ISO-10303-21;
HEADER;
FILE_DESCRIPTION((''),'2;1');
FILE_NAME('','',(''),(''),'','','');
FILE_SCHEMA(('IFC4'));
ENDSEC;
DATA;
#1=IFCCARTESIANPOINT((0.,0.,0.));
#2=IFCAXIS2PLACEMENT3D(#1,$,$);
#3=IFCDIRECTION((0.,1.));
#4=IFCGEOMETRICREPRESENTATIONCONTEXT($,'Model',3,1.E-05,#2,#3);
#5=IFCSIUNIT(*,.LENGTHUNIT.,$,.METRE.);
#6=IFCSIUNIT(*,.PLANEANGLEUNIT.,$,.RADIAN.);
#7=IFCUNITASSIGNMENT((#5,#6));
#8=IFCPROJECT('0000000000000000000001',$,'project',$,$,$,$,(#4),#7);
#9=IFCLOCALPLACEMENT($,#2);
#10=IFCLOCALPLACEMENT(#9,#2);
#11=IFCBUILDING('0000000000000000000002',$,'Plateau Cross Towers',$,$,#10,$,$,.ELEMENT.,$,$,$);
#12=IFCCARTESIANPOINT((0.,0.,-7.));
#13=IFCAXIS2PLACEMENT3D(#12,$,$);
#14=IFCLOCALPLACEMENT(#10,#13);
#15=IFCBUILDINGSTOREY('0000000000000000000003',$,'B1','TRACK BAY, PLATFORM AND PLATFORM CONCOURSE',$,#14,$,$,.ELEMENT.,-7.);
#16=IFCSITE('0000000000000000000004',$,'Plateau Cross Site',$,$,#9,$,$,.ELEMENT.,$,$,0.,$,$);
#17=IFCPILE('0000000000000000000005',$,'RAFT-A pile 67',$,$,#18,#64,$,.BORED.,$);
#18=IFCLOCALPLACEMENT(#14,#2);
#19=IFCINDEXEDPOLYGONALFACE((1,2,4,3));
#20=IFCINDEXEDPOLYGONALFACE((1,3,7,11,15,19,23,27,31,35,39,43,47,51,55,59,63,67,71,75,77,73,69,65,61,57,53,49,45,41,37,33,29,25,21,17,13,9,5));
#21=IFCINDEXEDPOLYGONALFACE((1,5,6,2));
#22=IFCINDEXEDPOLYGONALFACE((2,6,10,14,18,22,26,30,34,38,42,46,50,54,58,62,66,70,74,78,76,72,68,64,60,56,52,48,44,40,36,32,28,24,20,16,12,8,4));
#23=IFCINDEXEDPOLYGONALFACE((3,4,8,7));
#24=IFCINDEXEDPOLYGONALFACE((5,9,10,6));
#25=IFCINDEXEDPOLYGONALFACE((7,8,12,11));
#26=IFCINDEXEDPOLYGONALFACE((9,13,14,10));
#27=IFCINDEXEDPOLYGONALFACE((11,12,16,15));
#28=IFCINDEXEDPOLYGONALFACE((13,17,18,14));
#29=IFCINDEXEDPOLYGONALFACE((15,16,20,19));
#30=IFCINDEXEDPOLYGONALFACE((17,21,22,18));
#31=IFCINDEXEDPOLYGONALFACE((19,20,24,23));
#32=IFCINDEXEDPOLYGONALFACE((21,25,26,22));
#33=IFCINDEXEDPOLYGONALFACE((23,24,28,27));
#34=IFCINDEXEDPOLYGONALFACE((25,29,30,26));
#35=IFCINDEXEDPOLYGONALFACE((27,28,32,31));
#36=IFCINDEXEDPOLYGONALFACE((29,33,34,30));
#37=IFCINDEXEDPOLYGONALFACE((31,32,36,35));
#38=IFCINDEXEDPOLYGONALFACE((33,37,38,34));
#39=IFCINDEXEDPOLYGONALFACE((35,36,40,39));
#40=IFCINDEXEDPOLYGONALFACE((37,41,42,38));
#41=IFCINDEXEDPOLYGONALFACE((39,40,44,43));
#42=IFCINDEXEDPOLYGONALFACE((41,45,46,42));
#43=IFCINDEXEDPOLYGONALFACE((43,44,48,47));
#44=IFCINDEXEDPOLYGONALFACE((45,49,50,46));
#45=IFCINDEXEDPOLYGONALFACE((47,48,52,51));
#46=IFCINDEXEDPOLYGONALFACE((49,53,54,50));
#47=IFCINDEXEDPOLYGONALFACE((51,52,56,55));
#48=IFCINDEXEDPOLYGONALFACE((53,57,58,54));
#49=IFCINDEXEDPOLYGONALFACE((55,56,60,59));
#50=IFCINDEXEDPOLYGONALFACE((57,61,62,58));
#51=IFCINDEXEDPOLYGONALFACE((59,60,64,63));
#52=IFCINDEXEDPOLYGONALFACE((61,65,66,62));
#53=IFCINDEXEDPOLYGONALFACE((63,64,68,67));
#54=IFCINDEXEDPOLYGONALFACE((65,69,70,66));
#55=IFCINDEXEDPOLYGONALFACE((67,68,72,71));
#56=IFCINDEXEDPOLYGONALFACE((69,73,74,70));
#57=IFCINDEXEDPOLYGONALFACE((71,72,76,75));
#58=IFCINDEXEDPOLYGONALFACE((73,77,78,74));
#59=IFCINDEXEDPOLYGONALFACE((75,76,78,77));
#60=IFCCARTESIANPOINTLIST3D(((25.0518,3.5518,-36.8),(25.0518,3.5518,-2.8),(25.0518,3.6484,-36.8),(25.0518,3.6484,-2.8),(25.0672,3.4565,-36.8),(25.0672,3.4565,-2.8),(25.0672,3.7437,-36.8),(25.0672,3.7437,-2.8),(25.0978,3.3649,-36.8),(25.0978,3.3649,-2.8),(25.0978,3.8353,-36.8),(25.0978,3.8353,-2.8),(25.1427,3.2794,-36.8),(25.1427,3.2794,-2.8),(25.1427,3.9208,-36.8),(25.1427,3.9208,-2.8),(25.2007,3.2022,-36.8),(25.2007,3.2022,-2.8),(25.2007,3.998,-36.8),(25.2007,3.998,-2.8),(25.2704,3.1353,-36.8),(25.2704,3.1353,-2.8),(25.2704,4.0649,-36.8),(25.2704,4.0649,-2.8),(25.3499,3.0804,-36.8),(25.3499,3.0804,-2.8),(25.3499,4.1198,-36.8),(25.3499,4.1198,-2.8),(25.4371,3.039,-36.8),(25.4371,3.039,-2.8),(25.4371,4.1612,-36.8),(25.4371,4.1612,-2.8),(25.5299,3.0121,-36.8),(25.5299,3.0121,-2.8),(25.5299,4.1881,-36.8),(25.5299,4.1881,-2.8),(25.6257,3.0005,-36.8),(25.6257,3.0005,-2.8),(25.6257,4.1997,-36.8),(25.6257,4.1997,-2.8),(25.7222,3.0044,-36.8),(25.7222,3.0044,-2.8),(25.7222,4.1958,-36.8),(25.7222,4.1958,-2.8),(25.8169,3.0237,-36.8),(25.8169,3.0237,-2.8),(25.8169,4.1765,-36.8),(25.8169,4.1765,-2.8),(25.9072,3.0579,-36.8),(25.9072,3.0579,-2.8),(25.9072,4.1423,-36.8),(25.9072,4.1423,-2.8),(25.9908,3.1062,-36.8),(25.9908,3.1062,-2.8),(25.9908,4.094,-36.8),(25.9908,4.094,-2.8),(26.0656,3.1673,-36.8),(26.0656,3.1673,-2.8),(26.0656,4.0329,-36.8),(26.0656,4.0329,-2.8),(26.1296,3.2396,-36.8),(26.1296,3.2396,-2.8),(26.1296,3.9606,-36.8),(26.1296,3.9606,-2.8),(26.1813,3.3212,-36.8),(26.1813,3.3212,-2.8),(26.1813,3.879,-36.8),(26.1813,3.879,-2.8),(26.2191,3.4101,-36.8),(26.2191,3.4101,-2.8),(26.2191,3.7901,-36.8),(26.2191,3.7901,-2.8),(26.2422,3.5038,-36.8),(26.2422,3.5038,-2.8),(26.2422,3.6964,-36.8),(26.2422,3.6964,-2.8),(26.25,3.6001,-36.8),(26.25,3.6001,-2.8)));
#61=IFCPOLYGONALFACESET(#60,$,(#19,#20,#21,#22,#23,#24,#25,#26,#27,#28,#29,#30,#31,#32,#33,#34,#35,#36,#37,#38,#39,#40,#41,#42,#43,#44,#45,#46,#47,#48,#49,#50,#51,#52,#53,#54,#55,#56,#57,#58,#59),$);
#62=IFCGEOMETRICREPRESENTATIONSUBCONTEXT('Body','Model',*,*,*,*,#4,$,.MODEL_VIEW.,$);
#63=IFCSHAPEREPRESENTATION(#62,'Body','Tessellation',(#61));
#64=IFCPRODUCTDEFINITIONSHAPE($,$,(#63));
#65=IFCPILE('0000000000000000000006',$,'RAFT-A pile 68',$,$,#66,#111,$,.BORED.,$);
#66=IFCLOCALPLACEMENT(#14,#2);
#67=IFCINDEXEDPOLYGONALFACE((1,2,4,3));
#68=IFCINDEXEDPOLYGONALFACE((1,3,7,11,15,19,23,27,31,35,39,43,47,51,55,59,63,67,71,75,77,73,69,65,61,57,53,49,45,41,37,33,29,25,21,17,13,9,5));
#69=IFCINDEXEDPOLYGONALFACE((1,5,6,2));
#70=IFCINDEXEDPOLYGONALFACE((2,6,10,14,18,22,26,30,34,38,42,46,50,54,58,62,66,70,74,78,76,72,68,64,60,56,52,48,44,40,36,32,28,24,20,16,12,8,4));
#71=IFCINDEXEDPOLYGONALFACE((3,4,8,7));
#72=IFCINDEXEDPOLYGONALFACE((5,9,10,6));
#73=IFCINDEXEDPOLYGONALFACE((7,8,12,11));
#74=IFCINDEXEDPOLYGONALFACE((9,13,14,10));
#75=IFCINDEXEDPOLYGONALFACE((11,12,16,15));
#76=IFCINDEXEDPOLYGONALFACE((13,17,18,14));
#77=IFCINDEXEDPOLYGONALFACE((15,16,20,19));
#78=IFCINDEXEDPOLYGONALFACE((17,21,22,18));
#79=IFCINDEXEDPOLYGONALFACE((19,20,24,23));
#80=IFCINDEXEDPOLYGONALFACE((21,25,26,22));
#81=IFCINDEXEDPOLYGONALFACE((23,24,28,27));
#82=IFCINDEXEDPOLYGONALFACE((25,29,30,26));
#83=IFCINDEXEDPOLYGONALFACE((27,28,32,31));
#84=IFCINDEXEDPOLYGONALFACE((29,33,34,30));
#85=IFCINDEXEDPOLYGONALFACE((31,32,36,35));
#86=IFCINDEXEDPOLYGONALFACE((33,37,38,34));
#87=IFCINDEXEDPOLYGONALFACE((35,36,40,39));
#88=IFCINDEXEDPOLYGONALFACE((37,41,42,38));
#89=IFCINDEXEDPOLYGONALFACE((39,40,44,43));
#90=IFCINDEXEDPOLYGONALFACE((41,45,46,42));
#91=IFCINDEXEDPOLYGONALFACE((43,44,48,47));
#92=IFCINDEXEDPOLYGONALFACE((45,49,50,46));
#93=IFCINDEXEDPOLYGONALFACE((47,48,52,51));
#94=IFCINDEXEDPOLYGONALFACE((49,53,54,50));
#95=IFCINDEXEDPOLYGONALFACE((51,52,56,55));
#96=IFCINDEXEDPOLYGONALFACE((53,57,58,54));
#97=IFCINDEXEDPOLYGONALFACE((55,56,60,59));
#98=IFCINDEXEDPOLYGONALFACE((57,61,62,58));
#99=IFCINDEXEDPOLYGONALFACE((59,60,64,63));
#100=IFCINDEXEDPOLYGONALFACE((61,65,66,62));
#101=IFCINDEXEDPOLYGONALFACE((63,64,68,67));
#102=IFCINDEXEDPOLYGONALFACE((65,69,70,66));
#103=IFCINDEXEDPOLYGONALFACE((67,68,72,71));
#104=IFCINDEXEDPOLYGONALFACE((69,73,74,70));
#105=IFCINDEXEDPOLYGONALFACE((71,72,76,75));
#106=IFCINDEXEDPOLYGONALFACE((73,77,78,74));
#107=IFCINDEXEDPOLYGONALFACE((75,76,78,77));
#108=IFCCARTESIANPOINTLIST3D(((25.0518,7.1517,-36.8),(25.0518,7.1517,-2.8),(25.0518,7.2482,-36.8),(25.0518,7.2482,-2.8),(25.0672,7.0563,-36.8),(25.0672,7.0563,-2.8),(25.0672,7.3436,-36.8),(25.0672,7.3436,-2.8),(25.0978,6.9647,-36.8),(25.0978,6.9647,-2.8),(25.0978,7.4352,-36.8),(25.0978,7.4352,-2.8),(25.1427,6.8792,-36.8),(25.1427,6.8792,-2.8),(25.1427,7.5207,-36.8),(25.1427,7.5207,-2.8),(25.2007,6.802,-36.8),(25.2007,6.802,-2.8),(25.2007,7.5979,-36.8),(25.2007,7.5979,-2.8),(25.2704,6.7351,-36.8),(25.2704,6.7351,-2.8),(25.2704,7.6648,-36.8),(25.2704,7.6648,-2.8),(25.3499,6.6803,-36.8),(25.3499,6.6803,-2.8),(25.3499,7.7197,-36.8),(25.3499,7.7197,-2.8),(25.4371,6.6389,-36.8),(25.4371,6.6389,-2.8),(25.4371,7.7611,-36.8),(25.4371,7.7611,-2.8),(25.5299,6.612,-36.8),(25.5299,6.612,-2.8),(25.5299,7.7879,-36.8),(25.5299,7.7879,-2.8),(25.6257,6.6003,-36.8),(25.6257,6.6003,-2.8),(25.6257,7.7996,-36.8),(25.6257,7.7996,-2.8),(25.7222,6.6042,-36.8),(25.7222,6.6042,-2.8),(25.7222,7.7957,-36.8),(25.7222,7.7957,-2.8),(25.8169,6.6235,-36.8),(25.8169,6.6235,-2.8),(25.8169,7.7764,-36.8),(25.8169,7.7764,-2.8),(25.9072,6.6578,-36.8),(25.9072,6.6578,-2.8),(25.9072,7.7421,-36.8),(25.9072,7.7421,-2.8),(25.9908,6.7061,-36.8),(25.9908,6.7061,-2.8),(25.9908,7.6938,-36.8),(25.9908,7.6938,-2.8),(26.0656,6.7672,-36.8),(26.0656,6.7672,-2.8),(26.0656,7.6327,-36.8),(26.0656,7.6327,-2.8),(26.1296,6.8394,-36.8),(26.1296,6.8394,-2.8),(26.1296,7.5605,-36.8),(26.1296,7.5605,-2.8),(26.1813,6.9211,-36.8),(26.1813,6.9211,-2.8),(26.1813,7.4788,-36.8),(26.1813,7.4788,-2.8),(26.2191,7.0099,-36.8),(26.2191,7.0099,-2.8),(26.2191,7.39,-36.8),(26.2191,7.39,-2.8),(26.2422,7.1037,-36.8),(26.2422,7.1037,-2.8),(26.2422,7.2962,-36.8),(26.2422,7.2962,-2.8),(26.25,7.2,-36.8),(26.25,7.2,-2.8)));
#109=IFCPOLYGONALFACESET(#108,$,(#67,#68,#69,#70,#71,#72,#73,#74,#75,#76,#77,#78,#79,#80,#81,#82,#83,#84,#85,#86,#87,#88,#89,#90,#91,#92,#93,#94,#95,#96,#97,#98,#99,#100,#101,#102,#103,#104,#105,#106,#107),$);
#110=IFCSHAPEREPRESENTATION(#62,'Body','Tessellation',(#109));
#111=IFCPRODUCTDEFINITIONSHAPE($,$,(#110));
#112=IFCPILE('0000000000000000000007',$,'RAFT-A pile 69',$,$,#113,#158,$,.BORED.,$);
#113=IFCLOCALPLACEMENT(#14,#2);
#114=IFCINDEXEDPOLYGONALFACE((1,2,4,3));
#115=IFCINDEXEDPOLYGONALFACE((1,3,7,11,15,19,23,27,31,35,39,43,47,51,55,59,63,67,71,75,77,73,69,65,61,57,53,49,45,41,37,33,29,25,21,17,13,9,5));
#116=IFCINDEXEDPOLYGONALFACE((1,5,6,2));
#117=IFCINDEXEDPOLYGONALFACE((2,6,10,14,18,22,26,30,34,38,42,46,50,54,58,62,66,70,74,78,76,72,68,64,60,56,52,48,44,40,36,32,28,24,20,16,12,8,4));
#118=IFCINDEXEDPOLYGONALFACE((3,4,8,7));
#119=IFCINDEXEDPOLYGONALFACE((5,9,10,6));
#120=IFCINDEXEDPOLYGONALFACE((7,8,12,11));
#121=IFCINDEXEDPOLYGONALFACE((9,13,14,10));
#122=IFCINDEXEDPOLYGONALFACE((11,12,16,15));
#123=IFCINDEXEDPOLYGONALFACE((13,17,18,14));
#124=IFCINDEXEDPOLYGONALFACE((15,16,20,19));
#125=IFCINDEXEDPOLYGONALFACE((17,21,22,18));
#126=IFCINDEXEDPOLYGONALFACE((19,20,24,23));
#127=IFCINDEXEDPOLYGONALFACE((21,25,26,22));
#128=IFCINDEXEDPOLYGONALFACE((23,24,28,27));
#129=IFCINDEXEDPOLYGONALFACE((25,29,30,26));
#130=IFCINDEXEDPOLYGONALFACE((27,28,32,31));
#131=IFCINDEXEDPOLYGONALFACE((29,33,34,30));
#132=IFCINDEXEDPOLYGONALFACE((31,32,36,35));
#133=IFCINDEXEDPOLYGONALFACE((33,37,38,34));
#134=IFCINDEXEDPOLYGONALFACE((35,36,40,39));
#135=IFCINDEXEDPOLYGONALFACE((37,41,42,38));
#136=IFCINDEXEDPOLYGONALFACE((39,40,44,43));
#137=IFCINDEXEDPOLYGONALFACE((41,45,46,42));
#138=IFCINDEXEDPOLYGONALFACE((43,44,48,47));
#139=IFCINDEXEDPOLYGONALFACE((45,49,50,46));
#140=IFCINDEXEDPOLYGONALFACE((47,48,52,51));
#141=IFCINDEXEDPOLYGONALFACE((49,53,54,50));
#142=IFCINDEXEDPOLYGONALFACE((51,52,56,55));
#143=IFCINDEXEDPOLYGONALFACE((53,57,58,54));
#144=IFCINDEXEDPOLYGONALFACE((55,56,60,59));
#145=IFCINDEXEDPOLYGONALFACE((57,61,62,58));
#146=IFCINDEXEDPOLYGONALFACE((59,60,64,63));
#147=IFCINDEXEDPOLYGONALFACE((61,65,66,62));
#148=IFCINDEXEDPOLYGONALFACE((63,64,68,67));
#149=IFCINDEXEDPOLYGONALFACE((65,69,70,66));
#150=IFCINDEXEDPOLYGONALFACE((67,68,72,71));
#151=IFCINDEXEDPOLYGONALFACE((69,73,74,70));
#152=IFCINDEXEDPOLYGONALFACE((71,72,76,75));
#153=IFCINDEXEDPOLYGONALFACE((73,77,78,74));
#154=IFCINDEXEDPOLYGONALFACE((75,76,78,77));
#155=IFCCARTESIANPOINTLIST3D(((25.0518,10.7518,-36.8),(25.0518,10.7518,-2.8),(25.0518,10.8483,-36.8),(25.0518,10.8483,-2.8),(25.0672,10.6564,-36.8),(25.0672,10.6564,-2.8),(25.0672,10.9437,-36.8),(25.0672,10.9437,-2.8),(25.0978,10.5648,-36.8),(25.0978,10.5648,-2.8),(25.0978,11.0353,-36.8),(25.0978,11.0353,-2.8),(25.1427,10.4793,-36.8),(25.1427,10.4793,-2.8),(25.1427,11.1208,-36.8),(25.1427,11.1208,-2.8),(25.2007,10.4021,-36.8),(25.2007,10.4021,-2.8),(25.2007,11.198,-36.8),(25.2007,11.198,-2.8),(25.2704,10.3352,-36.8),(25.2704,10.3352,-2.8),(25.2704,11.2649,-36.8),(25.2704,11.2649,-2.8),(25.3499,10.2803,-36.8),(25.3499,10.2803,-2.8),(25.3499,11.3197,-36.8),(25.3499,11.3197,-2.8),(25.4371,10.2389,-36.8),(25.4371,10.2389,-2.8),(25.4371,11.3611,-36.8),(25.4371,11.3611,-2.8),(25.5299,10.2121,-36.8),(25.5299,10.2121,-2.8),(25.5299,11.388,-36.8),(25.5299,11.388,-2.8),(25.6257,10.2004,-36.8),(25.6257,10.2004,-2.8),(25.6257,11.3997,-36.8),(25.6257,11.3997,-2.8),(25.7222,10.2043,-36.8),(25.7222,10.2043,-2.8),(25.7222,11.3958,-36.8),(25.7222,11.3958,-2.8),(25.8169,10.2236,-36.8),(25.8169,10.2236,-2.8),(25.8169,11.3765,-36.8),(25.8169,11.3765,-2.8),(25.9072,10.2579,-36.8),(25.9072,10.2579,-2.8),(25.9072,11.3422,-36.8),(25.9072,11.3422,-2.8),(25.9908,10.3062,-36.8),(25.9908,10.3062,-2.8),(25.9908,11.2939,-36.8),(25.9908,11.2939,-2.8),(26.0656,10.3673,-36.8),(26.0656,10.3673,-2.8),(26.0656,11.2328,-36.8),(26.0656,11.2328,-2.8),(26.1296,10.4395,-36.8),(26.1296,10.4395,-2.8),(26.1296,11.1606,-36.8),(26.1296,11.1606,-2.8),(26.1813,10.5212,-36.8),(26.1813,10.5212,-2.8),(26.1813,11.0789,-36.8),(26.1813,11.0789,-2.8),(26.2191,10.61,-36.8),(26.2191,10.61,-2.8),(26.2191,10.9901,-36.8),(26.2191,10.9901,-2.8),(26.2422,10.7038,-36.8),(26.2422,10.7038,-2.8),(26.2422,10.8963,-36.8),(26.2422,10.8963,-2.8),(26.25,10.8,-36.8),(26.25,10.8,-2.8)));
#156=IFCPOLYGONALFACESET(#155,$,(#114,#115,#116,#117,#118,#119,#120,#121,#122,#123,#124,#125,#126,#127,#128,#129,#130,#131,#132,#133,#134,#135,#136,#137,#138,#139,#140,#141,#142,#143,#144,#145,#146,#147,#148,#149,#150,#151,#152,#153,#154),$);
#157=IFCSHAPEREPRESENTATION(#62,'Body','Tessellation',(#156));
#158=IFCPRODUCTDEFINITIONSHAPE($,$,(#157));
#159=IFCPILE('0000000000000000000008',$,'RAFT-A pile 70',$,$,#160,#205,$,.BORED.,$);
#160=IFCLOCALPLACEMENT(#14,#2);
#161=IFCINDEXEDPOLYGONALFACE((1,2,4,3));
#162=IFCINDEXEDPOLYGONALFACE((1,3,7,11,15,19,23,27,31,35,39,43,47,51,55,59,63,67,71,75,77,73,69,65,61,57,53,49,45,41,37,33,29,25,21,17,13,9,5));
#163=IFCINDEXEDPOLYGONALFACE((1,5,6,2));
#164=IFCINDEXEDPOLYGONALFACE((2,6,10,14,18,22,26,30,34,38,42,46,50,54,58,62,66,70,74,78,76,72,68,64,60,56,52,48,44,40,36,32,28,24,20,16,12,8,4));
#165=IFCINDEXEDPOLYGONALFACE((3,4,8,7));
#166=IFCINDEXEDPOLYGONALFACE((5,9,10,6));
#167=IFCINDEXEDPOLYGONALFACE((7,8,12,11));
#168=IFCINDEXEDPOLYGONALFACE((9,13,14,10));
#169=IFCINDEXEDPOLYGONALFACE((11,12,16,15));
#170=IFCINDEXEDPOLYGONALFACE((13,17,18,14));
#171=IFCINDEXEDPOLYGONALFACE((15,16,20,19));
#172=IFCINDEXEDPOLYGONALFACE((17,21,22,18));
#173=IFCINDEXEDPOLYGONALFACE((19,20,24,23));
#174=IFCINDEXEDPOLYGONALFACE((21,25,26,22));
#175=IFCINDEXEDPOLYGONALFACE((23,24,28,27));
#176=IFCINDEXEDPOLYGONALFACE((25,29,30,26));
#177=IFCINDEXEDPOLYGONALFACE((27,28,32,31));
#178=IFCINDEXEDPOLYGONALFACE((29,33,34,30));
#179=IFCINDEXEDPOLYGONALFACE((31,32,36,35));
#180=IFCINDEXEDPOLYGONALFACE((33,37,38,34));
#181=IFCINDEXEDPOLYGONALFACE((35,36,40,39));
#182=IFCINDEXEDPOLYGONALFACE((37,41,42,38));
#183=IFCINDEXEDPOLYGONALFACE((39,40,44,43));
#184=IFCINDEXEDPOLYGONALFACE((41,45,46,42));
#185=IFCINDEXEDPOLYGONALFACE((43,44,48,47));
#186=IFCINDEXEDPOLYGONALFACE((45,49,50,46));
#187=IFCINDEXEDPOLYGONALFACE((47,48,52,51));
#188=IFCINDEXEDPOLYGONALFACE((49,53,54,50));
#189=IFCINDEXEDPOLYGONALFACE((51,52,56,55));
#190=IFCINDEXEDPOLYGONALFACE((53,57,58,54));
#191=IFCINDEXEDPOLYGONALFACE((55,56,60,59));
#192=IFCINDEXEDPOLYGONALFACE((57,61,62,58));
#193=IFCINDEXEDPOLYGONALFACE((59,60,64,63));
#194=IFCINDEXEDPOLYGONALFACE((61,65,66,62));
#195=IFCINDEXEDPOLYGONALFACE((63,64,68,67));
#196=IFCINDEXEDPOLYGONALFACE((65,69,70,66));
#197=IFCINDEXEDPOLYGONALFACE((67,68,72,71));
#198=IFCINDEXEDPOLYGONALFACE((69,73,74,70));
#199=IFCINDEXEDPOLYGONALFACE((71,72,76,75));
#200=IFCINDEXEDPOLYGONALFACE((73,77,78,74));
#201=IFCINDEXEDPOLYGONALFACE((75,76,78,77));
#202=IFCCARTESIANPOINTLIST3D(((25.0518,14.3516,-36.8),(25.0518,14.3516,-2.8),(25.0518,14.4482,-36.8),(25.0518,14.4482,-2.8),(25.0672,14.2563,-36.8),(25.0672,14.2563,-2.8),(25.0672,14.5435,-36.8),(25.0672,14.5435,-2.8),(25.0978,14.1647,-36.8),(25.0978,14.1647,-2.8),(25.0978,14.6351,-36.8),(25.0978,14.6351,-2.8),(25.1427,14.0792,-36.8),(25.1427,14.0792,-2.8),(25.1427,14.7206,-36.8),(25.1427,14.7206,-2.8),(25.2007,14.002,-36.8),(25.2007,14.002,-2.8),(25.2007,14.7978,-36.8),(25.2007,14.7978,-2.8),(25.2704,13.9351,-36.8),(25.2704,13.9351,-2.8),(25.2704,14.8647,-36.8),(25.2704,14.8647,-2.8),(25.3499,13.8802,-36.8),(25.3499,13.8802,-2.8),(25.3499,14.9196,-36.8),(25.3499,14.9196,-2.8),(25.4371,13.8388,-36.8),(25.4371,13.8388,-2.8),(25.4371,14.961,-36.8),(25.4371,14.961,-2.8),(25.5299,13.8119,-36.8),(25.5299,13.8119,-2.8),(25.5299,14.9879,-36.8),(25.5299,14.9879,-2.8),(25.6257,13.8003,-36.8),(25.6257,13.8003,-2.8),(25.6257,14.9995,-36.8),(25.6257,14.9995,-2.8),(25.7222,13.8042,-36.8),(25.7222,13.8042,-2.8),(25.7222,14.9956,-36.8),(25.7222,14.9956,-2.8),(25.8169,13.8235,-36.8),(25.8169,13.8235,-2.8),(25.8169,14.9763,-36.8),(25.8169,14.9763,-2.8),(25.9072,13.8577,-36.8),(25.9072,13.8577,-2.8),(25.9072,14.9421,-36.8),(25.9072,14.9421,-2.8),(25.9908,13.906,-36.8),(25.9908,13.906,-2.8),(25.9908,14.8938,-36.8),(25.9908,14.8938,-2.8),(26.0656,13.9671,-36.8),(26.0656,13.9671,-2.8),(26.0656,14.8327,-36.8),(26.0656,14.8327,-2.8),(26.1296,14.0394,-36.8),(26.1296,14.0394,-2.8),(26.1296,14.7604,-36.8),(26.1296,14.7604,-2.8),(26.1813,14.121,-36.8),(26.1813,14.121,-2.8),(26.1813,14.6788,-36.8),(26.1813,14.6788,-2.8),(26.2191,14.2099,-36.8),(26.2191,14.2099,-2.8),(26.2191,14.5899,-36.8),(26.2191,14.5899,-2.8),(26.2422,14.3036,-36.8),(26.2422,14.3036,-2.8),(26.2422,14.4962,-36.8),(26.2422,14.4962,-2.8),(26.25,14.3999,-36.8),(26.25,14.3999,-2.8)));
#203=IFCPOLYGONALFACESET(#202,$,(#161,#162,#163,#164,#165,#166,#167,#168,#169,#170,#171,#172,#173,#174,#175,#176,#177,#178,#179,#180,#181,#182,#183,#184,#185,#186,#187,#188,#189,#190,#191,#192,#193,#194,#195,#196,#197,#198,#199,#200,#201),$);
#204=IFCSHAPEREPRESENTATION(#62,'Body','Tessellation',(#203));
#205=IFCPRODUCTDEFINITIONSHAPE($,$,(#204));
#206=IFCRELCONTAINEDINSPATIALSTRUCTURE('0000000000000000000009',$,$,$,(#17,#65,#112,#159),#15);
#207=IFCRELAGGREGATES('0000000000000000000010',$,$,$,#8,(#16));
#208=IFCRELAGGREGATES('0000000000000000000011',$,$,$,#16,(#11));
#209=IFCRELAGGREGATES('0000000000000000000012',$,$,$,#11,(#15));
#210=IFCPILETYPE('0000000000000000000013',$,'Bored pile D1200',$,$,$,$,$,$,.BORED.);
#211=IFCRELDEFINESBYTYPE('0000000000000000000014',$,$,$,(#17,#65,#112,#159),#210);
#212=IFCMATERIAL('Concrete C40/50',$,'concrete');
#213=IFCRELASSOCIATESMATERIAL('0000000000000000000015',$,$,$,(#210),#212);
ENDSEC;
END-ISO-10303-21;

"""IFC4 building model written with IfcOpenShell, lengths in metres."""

from ifc_helpers import new_model, si_unit, direction, frame, origin, origin_2d, place, context, subcontext, project, spatial, circle, extrude, material, material_profile, profile_set, type_object, element, save


model = new_model("IFC4")

# Units and contexts
model_context = context("Model", 3, precision=1e-05, world=origin(), true_north=direction((0.0, 1.0)))
body_context = subcontext(model_context, "Body", "Model", "MODEL_VIEW")
ifc_project = project(units=[si_unit("LENGTHUNIT", "METRE"), si_unit("PLANEANGLEUNIT", "RADIAN")], contexts=[model_context])

# Site, building, storey
site_placement = place(None, origin())
site = spatial("IfcSite", under=ifc_project, at=site_placement, Name="Plateau Cross Site", CompositionType="ELEMENT", RefElevation=0.0)
building_placement = place(site_placement, origin())
building = spatial("IfcBuilding", under=site, at=building_placement, Name="Plateau Cross Towers", CompositionType="ELEMENT")
storey_placement = place(building_placement, frame((0.0, 0.0, -7.0)))
storey = spatial("IfcBuildingStorey", under=building, at=storey_placement, Name="B1", Description="TRACK BAY, PLATFORM AND PLATFORM CONCOURSE", CompositionType="ELEMENT", Elevation=-7.0)

# Piles
ifc_material_1 = material(Name="Concrete C40/50", Category="concrete")
ifc_material_profile_1 = material_profile(ifc_material_1, circle(Radius=0.6001, at=origin_2d()), Name="Bored pile D1200")
ifc_profile_set_1 = profile_set([ifc_material_profile_1], Name="Concrete C40/50")
pile_type = type_object("IfcPileType", Name="Bored pile D1200", PredefinedType="BORED", material=ifc_profile_set_1)
for number, where, z_axis, x_axis, name in (
    (1, (25.6499, 3.6001, -2.8), (0.0, 0.0, -1.0), (1.0, 0.0, 0.0), "RAFT-A pile 67"),
    (2, (25.6499, 7.2, -2.8), (0.0, 0.0, -1.0), (1.0, 0.0, 0.0), "RAFT-A pile 68"),
    (3, (25.6499, 10.8, -2.8), (0.0, 0.0, -1.0), (1.0, 0.0, 0.0), "RAFT-A pile 69"),
    (4, (25.6499, 14.3999, -2.8), (0.0, 0.0, -1.0), (1.0, 0.0, 0.0), "RAFT-A pile 70"),
):
    element("IfcPile", number, at=place(storey_placement, frame(where, z_axis=z_axis, x_axis=x_axis)), inside=storey, type_object=pile_type, Name=name, PredefinedType="BORED", context=body_context, shape_type="SweptSolid", body=[
        extrude(circle(Radius=0.6001, at=origin_2d()), origin(), (0.0, 0.0, 1.0), 34.0),
    ])

save(model, "model.ifc")
